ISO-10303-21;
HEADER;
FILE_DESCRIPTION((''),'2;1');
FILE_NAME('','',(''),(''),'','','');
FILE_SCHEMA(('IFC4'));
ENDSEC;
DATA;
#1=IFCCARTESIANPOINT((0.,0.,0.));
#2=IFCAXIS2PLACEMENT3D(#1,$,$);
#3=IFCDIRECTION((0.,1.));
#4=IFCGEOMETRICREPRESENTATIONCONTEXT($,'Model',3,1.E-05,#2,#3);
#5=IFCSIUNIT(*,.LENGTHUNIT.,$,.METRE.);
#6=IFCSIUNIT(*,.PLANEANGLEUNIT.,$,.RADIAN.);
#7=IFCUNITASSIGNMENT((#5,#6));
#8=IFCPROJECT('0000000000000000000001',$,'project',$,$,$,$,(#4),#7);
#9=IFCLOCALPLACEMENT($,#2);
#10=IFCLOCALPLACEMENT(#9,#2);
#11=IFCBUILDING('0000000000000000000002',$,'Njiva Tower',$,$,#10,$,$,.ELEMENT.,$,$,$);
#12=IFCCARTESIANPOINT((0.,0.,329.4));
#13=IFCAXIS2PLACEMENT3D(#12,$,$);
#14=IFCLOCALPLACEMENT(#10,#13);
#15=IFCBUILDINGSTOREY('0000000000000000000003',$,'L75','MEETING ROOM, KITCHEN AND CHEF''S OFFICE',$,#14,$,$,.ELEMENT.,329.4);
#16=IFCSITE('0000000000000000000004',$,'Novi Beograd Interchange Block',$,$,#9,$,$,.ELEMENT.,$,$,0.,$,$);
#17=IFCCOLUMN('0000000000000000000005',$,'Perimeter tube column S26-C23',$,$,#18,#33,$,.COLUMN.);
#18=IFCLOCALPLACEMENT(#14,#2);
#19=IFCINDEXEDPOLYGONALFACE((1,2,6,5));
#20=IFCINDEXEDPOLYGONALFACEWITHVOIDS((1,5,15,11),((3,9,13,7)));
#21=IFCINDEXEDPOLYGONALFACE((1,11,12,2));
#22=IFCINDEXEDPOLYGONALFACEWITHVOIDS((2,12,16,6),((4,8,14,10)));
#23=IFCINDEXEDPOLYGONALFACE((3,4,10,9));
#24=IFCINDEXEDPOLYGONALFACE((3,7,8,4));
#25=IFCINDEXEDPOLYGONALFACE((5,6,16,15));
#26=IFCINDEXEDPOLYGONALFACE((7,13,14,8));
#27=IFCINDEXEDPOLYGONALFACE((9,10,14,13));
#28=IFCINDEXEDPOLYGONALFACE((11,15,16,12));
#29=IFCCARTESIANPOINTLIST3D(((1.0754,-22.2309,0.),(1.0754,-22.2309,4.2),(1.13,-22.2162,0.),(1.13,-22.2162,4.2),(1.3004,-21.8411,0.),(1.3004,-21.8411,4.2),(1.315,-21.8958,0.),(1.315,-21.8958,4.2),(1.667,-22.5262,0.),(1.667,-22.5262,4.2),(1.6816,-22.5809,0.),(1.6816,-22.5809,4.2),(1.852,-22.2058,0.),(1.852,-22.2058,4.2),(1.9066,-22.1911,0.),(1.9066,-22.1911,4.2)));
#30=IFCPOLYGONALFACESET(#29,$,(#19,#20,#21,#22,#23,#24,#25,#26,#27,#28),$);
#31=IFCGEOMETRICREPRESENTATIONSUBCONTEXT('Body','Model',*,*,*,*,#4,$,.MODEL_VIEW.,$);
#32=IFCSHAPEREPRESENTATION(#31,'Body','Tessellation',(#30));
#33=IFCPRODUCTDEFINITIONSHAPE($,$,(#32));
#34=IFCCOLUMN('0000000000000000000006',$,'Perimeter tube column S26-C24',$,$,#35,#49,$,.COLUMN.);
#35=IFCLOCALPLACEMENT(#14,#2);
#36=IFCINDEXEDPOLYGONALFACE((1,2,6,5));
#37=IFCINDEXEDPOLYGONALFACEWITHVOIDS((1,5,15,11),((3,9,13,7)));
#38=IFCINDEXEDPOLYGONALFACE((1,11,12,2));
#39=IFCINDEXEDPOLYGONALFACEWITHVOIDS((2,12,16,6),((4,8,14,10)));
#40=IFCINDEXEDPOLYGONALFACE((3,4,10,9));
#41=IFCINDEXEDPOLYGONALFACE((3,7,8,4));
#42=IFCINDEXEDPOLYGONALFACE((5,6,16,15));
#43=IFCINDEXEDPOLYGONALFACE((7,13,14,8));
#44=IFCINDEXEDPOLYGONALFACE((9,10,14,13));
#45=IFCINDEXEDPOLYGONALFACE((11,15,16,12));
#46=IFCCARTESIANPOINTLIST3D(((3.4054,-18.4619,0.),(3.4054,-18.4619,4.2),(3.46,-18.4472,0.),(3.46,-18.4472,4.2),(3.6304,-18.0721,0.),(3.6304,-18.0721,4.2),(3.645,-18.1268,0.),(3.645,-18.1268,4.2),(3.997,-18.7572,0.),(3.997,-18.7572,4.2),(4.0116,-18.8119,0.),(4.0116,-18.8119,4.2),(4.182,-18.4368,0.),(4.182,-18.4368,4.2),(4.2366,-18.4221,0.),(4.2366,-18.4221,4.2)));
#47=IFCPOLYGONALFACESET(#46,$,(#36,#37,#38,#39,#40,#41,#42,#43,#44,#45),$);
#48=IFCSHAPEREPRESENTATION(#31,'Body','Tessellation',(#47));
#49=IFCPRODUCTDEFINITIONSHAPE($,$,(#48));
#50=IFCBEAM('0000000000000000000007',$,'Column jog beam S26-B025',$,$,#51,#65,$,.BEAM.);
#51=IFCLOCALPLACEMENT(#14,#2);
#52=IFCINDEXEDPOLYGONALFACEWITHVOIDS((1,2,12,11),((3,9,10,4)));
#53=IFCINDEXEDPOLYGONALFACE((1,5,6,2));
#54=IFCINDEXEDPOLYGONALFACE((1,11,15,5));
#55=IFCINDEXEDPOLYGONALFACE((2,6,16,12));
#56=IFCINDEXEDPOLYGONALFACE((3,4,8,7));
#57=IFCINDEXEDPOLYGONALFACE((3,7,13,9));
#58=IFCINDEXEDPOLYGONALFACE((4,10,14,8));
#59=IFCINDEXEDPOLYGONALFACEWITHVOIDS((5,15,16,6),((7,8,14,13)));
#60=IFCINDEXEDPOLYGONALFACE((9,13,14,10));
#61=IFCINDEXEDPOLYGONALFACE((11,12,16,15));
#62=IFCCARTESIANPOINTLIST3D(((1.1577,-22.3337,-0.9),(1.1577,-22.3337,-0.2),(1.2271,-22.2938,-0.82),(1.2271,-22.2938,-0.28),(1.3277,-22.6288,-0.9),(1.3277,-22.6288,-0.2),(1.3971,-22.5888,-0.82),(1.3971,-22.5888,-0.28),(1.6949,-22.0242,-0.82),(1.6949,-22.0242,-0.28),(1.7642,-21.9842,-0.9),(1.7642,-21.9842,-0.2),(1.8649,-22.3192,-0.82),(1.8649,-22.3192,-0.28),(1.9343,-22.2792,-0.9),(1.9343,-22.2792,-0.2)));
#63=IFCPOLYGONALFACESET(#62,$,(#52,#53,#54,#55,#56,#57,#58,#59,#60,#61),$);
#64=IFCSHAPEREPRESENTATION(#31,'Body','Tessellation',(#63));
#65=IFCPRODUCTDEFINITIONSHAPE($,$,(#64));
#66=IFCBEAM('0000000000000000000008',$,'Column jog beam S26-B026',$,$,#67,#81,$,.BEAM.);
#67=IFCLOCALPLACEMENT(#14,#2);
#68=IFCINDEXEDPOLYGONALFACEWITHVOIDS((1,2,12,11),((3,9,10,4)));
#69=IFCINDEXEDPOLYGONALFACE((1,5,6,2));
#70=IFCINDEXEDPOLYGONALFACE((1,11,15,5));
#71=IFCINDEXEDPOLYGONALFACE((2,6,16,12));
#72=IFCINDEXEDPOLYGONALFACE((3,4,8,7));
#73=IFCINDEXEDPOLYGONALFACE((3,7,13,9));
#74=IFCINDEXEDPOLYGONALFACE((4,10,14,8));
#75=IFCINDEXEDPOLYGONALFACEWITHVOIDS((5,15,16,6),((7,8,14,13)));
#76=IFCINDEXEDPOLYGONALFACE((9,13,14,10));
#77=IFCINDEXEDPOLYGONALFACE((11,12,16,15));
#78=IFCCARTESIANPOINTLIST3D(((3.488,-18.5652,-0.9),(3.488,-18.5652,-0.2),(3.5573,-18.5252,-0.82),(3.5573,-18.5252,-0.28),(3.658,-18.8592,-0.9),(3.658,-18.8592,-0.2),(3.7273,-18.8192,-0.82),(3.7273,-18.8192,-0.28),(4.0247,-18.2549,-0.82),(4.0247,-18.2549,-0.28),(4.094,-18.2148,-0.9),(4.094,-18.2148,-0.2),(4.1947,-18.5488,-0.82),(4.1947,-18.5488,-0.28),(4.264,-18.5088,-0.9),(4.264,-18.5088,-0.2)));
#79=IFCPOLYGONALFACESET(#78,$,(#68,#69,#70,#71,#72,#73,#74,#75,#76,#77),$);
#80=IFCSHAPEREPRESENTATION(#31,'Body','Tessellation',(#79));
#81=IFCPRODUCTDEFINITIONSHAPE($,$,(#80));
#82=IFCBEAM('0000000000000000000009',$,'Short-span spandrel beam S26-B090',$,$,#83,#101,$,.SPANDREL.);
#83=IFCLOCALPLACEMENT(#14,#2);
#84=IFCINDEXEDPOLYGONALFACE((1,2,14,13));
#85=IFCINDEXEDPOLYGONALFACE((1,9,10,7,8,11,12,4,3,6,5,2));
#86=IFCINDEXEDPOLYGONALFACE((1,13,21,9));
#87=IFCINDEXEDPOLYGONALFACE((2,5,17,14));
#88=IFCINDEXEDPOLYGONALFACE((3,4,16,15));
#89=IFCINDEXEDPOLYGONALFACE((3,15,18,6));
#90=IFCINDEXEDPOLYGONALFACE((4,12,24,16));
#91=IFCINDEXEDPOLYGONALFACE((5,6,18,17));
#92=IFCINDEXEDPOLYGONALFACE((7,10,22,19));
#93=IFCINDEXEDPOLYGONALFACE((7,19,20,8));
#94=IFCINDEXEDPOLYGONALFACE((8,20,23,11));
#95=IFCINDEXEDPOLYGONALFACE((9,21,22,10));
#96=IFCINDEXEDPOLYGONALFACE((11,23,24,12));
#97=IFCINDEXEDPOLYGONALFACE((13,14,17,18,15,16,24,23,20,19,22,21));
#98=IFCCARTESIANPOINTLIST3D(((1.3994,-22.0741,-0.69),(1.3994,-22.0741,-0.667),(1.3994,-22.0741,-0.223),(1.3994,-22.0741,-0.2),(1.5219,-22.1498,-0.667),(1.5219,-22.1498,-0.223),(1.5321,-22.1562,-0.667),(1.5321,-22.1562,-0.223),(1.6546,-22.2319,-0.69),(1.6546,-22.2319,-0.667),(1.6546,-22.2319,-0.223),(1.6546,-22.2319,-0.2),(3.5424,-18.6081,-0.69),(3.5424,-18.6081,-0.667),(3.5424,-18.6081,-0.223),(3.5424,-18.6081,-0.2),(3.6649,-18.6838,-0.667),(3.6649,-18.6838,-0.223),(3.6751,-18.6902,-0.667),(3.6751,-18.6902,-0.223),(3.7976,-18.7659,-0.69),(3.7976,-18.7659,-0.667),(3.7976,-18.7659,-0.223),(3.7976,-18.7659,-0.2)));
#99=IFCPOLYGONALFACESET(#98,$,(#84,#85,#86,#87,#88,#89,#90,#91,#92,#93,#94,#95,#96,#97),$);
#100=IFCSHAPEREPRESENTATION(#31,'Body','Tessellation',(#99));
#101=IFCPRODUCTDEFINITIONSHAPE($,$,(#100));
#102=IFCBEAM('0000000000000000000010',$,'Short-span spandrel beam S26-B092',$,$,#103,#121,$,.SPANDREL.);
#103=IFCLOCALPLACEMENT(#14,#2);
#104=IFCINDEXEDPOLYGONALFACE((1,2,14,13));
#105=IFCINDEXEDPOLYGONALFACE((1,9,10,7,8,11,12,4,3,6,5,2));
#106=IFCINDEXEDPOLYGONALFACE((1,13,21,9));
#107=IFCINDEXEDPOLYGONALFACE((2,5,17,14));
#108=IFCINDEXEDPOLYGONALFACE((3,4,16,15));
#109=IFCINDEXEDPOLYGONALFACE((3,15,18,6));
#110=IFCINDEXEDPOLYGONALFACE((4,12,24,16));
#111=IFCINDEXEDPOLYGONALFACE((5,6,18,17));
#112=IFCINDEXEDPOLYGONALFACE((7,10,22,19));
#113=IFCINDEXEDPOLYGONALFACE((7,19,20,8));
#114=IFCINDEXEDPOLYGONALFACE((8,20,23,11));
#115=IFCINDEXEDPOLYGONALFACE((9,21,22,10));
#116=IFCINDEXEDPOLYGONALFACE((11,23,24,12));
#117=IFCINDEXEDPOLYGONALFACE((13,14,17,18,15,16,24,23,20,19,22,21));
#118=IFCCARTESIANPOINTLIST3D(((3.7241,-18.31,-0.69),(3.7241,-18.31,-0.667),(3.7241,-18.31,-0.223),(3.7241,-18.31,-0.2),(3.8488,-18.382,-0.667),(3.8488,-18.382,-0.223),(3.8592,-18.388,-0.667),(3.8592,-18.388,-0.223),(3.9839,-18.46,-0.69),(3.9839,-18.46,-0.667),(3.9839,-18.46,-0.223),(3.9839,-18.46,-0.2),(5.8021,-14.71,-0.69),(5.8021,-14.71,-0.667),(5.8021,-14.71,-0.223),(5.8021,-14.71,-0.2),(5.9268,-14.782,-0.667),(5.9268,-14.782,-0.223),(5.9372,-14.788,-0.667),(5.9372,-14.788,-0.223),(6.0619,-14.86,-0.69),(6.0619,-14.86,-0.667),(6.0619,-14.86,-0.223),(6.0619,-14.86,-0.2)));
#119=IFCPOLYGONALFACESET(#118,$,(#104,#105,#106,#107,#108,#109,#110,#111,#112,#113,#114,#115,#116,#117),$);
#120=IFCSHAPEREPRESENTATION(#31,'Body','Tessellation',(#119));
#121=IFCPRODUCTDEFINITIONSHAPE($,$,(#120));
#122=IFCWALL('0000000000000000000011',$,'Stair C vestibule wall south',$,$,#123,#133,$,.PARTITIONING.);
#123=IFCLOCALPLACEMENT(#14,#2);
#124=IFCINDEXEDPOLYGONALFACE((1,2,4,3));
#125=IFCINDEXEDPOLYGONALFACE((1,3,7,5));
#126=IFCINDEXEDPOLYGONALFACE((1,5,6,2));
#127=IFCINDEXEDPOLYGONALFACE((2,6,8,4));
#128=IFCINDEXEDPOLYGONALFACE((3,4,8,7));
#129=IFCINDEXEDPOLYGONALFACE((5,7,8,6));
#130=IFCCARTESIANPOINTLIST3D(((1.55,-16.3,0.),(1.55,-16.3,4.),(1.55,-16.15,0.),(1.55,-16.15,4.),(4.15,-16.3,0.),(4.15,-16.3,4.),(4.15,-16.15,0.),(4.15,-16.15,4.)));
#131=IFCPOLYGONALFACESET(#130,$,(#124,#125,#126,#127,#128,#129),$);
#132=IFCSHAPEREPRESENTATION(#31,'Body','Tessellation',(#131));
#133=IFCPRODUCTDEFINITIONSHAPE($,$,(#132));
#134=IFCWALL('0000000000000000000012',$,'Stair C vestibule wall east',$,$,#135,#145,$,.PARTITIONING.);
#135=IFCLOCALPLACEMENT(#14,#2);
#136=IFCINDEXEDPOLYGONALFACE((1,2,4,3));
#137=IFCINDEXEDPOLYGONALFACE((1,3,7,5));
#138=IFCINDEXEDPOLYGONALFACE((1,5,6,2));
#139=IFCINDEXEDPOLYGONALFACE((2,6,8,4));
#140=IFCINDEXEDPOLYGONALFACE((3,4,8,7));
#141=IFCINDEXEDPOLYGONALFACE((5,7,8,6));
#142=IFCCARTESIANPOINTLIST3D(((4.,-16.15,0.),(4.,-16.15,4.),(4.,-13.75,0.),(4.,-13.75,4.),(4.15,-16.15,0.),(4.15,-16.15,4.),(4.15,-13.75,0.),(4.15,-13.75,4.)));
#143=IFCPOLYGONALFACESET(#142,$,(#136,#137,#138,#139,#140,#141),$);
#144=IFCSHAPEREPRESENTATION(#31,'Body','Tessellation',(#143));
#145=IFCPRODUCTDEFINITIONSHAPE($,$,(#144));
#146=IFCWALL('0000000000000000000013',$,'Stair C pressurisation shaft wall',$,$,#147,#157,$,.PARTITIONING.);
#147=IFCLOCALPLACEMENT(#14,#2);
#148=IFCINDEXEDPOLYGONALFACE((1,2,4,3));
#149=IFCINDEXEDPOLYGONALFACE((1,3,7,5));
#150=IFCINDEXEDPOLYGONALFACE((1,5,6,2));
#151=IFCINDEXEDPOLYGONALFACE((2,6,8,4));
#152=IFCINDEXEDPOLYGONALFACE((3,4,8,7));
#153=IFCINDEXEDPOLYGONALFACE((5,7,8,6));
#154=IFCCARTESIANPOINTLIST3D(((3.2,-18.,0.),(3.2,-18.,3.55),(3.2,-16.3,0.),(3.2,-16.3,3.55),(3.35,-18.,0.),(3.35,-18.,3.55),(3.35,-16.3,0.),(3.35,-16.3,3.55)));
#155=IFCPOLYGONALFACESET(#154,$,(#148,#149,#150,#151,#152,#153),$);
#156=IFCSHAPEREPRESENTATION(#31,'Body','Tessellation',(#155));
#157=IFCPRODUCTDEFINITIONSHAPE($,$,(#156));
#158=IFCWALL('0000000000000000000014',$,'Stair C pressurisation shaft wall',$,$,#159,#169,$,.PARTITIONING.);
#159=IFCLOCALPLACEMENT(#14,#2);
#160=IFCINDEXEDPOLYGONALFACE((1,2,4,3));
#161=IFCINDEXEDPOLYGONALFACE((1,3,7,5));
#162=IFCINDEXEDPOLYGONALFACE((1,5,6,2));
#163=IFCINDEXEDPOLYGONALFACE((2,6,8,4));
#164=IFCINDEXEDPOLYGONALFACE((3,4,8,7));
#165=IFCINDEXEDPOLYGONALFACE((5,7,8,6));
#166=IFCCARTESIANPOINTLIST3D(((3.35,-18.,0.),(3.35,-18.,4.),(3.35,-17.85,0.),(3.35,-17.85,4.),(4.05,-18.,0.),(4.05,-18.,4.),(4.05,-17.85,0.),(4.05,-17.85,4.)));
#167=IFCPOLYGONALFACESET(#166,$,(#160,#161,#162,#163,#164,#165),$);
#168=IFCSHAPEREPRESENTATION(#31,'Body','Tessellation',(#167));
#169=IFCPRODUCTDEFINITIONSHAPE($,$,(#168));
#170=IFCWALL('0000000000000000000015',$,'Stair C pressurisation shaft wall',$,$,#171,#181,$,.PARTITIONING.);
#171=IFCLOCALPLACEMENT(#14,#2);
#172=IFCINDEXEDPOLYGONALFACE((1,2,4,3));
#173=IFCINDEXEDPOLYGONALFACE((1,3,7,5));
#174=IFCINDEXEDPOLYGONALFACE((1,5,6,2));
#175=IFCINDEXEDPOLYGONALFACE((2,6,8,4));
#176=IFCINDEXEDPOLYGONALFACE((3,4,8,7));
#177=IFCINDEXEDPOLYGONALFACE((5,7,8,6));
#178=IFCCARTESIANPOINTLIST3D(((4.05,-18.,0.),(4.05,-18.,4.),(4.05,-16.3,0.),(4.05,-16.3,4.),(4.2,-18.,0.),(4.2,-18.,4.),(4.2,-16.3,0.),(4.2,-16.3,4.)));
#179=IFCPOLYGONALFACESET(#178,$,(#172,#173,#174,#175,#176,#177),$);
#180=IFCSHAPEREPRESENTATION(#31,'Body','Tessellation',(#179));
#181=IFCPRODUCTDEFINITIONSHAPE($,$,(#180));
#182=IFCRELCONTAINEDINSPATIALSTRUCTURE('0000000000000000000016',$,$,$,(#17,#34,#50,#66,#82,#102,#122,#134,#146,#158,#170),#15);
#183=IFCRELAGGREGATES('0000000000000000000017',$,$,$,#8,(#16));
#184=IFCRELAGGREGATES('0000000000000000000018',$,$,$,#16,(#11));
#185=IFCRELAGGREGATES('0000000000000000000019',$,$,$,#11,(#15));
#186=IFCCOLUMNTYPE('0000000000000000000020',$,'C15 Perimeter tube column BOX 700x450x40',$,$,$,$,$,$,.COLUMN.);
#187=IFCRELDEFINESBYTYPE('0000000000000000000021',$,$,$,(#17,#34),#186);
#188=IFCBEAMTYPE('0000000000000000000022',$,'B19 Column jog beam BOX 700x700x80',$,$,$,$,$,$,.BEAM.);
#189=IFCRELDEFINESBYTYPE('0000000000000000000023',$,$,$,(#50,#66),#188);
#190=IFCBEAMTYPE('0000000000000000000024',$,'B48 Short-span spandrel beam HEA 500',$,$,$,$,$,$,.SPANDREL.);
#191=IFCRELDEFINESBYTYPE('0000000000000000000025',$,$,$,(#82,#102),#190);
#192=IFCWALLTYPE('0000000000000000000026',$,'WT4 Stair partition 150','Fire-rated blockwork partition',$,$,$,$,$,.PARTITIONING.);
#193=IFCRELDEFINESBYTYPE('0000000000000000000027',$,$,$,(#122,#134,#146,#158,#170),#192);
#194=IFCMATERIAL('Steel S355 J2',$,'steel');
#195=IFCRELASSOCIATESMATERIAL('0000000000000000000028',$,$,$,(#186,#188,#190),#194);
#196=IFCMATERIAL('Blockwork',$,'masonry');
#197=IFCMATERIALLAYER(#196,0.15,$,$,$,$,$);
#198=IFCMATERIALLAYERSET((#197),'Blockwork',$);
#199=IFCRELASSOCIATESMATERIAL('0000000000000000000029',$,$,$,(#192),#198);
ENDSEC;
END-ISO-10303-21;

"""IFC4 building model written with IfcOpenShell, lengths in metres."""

from ifc_helpers import new_model, si_unit, direction, frame, frame_2d, origin, origin_2d, place, context, subcontext, project, spatial, rectangle, hollow_rectangle, i_section, extrude, material, layer, layer_set, material_profile, profile_set, type_object, element, save


model = new_model("IFC4")

# Units and contexts
model_context = context("Model", 3, precision=1e-05, world=origin(), true_north=direction((0.0, 1.0)))
body_context = subcontext(model_context, "Body", "Model", "MODEL_VIEW")
ifc_project = project(units=[si_unit("LENGTHUNIT", "METRE"), si_unit("PLANEANGLEUNIT", "RADIAN")], contexts=[model_context])

# Site, building, storey
site_placement = place(None, origin())
site = spatial("IfcSite", under=ifc_project, at=site_placement, Name="Novi Beograd Interchange Block", CompositionType="ELEMENT", RefElevation=0.0)
building_placement = place(site_placement, origin())
building = spatial("IfcBuilding", under=site, at=building_placement, Name="Njiva Tower", CompositionType="ELEMENT")
storey_placement = place(building_placement, frame((0.0, 0.0, 329.4)))
storey = spatial("IfcBuildingStorey", under=building, at=storey_placement, Name="L75", Description="MEETING ROOM, KITCHEN AND CHEF'S OFFICE", CompositionType="ELEMENT", Elevation=329.4)

# Columns
ifc_material_1 = material(Name="Steel S355 J2", Category="steel")
ifc_material_profile_1 = material_profile(ifc_material_1, hollow_rectangle(XDim=0.45, YDim=0.7, WallThickness=0.04, at=origin_2d()), Name="BOX 700x450x40")
ifc_profile_set_1 = profile_set([ifc_material_profile_1], Name="Steel S355 J2")
column_type = type_object("IfcColumnType", Name="C15 Perimeter tube column BOX 700x450x40", PredefinedType="COLUMN", material=ifc_profile_set_1)
for number, where, z_axis, x_axis, name in (
    (1, (1.491, -22.211, 0.0), (0.0, 0.0, 1.0), (0.5, 0.866025, 0.0), "Perimeter tube column S26-C23"),
    (2, (3.821, -18.442, 0.0), (0.0, 0.0, 1.0), (0.5, 0.866025, 0.0), "Perimeter tube column S26-C24"),
):
    element("IfcColumn", number, at=place(storey_placement, frame(where, z_axis=z_axis, x_axis=x_axis)), inside=storey, type_object=column_type, Name=name, PredefinedType="COLUMN", context=body_context, shape_type="SweptSolid", body=[
        extrude(hollow_rectangle(XDim=0.45, YDim=0.7, WallThickness=0.04, at=origin_2d()), origin(), (0.0, 0.0, 1.0), 4.2),
    ])

# Beams
ifc_material_profile_2 = material_profile(ifc_material_1, hollow_rectangle(XDim=0.7, YDim=0.7, WallThickness=0.08, at=origin_2d()), Name="BOX 700x700x80")
ifc_profile_set_2 = profile_set([ifc_material_profile_2], Name="Steel S355 J2")
beam_type_1 = type_object("IfcBeamType", Name="B19 Column jog beam BOX 700x700x80", PredefinedType="BEAM", material=ifc_profile_set_2)
beam_1_placement = place(storey_placement, frame((1.631, -22.454, -0.55), z_axis=(-0.499299, 0.86643, 0.0), x_axis=(-0.86643, -0.499299, 0.0)))
element("IfcBeam", 3, at=beam_1_placement, inside=storey, type_object=beam_type_1, Name="Column jog beam S26-B025", PredefinedType="BEAM", context=body_context, shape_type="SweptSolid", body=[
    extrude(hollow_rectangle(XDim=0.7, YDim=0.7, WallThickness=0.08, at=origin_2d()), origin(), (0.0, 0.0, 1.0), 0.3405),
])
beam_2_placement = place(storey_placement, frame((3.961, -18.684, -0.55), z_axis=(-0.500572, 0.865695, 0.0), x_axis=(-0.865695, -0.500572, 0.0)))
element("IfcBeam", 4, at=beam_2_placement, inside=storey, type_object=beam_type_1, Name="Column jog beam S26-B026", PredefinedType="BEAM", context=body_context, shape_type="SweptSolid", body=[
    extrude(hollow_rectangle(XDim=0.7, YDim=0.7, WallThickness=0.08, at=origin_2d()), origin(), (0.0, 0.0, 1.0), 0.3396),
])
ifc_material_profile_3 = material_profile(ifc_material_1, i_section(OverallWidth=0.3, OverallDepth=0.49, WebThickness=0.012, FlangeThickness=0.023, at=origin_2d()), Name="HEA 500")
ifc_profile_set_3 = profile_set([ifc_material_profile_3], Name="Steel S355 J2")
beam_type_2 = type_object("IfcBeamType", Name="B48 Short-span spandrel beam HEA 500", PredefinedType="SPANDREL", material=ifc_profile_set_3)
beam_3_placement = place(storey_placement, frame((1.527, -22.153, -0.445), z_axis=(0.52589, 0.850553, 0.0), x_axis=(-0.850553, 0.52589, 0.0)))
element("IfcBeam", 5, at=beam_3_placement, inside=storey, type_object=beam_type_2, Name="Short-span spandrel beam S26-B090", PredefinedType="SPANDREL", context=body_context, shape_type="SweptSolid", body=[
    extrude(i_section(OverallWidth=0.3, OverallDepth=0.49, WebThickness=0.012, FlangeThickness=0.023, at=origin_2d()), origin(), (0.0, 0.0, 1.0), 4.075),
])
beam_4_placement = place(storey_placement, frame((3.854, -18.385, -0.445), z_axis=(0.499917, 0.866073, 0.0), x_axis=(-0.866073, 0.499917, 0.0)))
element("IfcBeam", 6, at=beam_4_placement, inside=storey, type_object=beam_type_2, Name="Short-span spandrel beam S26-B092", PredefinedType="SPANDREL", context=body_context, shape_type="SweptSolid", body=[
    extrude(i_section(OverallWidth=0.3, OverallDepth=0.49, WebThickness=0.012, FlangeThickness=0.023, at=origin_2d()), origin(), (0.0, 0.0, 1.0), 4.1567),
])

# Walls
ifc_material_2 = material(Name="Blockwork", Category="masonry")
ifc_layer_1 = layer(ifc_material_2, 0.15)
ifc_layer_set_1 = layer_set([ifc_layer_1], Name="Blockwork")
wall_type_1 = type_object("IfcWallType", Name="WT4 Stair partition 150", Description="Fire-rated blockwork partition", PredefinedType="PARTITIONING", material=ifc_layer_set_1)
wall_1_placement = place(storey_placement, frame((1.55, -16.225, 0.0), z_axis=(0.0, 0.0, 1.0), x_axis=(1.0, 0.0, 0.0)))
element("IfcWall", 7, at=wall_1_placement, inside=storey, type_object=wall_type_1, Name="Stair C vestibule wall south", PredefinedType="PARTITIONING", context=body_context, shape_type="SweptSolid", body=[
    extrude(rectangle(XDim=2.6, YDim=0.15, at=frame_2d((1.3, 0.0))), origin(), (0.0, 0.0, 1.0), 4.0),
])
wall_2_placement = place(storey_placement, frame((4.075, -16.15, 0.0), z_axis=(0.0, 0.0, 1.0), x_axis=(0.0, 1.0, 0.0)))
element("IfcWall", 8, at=wall_2_placement, inside=storey, type_object=wall_type_1, Name="Stair C vestibule wall east", PredefinedType="PARTITIONING", context=body_context, shape_type="SweptSolid", body=[
    extrude(rectangle(XDim=2.4, YDim=0.15, at=frame_2d((1.2, 0.0))), origin(), (0.0, 0.0, 1.0), 4.0),
])
wall_3_placement = place(storey_placement, frame((3.275, -18.0, 0.0), z_axis=(0.0, 0.0, 1.0), x_axis=(0.0, 1.0, 0.0)))
element("IfcWall", 9, at=wall_3_placement, inside=storey, type_object=wall_type_1, Name="Stair C pressurisation shaft wall", PredefinedType="PARTITIONING", context=body_context, shape_type="SweptSolid", body=[
    extrude(rectangle(XDim=1.7, YDim=0.15, at=frame_2d((0.85, 0.0))), origin(), (0.0, 0.0, 1.0), 3.55),
])
wall_4_placement = place(storey_placement, frame((3.35, -17.925, 0.0), z_axis=(0.0, 0.0, 1.0), x_axis=(1.0, 0.0, 0.0)))
element("IfcWall", 10, at=wall_4_placement, inside=storey, type_object=wall_type_1, Name="Stair C pressurisation shaft wall", PredefinedType="PARTITIONING", context=body_context, shape_type="SweptSolid", body=[
    extrude(rectangle(XDim=0.7, YDim=0.15, at=frame_2d((0.35, 0.0))), origin(), (0.0, 0.0, 1.0), 4.0),
])
wall_5_placement = place(storey_placement, frame((4.125, -18.0, 0.0), z_axis=(0.0, 0.0, 1.0), x_axis=(0.0, 1.0, 0.0)))
element("IfcWall", 11, at=wall_5_placement, inside=storey, type_object=wall_type_1, Name="Stair C pressurisation shaft wall", PredefinedType="PARTITIONING", context=body_context, shape_type="SweptSolid", body=[
    extrude(rectangle(XDim=1.7, YDim=0.15, at=frame_2d((0.85, 0.0))), origin(), (0.0, 0.0, 1.0), 4.0),
])

save(model, "model.ifc")
